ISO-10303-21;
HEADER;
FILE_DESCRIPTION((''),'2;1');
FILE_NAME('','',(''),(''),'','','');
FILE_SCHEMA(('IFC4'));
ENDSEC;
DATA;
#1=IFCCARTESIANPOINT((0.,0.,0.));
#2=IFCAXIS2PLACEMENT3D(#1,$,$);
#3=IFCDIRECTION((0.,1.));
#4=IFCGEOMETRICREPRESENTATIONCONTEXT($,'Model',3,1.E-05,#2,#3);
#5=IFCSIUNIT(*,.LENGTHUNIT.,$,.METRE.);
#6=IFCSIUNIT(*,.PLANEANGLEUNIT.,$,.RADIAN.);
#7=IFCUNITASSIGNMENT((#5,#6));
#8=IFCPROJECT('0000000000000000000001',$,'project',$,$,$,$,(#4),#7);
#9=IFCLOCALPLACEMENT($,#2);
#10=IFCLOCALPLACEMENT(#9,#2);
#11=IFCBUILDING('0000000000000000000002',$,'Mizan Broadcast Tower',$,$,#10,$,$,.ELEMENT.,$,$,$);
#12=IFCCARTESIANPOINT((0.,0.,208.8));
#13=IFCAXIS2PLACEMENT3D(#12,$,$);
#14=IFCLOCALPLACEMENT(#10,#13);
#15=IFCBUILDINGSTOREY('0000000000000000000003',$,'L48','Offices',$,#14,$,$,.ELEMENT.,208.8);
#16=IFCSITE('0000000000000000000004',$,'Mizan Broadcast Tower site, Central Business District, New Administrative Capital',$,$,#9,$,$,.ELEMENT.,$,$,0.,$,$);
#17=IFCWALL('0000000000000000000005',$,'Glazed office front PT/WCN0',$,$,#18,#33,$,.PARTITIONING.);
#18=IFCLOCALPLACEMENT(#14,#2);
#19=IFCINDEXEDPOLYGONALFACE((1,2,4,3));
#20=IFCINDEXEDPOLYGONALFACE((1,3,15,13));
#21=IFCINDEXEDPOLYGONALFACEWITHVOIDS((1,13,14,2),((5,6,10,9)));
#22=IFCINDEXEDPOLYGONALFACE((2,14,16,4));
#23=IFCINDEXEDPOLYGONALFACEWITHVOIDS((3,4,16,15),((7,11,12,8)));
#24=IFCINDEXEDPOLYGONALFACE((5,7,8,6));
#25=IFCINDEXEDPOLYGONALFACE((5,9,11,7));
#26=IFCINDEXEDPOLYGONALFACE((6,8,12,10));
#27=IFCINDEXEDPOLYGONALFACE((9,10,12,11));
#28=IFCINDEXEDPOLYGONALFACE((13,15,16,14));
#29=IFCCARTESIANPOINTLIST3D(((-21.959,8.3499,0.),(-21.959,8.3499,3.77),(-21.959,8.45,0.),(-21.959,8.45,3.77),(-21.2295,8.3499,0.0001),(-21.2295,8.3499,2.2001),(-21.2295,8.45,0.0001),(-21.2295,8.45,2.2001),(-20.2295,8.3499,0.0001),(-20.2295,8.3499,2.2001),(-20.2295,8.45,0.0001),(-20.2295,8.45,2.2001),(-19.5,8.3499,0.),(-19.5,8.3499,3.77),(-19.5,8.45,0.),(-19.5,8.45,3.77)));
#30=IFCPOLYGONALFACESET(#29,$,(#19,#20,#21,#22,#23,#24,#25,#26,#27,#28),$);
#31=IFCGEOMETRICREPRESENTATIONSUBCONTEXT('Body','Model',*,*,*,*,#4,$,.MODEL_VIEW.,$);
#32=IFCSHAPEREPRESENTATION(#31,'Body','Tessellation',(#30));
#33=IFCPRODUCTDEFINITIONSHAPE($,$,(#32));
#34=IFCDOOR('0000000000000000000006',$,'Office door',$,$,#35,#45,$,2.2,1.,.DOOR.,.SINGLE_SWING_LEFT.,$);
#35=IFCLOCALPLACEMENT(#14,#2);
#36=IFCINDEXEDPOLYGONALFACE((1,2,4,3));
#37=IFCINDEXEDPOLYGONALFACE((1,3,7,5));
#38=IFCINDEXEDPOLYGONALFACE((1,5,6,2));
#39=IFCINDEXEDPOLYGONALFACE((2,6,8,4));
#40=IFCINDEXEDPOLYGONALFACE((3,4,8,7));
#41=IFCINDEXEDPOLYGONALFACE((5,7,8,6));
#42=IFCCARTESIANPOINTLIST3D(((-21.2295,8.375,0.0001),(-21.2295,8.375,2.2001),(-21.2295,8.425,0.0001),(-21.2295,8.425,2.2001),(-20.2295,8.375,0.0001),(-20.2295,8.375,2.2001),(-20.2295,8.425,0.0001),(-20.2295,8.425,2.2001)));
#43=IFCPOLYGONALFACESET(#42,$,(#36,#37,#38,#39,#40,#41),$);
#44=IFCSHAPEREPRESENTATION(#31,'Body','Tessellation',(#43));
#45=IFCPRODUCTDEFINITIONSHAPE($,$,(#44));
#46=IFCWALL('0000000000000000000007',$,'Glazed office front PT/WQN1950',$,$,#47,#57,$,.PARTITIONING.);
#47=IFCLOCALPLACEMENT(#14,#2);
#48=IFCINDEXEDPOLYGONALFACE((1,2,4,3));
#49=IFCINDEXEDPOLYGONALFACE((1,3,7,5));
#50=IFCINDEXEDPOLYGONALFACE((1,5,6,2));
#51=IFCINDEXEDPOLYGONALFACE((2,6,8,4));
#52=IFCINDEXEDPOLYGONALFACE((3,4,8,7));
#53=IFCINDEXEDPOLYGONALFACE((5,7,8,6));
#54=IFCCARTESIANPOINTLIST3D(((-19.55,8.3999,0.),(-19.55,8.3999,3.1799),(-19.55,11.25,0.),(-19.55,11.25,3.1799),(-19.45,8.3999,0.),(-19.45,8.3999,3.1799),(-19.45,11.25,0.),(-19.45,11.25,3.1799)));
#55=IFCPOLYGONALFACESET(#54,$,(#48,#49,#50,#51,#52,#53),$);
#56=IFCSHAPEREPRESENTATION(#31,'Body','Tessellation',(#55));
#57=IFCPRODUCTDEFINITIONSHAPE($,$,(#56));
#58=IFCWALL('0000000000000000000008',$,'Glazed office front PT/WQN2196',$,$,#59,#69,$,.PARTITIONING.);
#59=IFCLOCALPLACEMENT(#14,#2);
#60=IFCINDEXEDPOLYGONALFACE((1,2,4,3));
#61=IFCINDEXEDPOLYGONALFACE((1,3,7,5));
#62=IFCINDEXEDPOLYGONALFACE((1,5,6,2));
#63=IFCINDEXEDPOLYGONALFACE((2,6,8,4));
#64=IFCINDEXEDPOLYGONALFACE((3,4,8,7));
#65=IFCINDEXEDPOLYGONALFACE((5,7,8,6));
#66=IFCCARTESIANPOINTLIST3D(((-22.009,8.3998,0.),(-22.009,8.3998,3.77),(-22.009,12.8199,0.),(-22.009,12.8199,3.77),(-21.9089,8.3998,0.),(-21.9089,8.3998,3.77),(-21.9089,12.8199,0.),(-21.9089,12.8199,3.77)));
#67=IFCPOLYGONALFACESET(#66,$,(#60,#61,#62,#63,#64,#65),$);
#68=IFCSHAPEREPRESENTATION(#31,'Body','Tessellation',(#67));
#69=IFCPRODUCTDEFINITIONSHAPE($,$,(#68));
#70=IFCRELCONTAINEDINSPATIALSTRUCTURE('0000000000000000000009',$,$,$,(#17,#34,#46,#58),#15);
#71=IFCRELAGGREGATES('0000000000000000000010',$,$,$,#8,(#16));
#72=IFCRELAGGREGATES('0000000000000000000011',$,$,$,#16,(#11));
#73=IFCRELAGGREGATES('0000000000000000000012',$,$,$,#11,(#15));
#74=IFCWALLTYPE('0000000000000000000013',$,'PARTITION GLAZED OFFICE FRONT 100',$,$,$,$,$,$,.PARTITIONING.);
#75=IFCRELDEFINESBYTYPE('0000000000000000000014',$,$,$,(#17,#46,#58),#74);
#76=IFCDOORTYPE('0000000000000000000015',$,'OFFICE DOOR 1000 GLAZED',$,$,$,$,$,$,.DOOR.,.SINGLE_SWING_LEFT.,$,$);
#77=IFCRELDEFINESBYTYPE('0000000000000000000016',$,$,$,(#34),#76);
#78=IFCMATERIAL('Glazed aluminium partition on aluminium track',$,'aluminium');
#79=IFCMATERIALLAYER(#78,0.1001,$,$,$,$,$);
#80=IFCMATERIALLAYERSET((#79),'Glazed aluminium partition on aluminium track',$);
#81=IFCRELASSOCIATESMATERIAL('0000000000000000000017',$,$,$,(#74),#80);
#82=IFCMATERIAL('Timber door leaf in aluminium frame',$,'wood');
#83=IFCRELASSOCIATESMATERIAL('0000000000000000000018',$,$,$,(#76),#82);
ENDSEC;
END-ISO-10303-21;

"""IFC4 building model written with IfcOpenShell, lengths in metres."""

from ifc_helpers import new_model, si_unit, direction, frame, frame_2d, origin, place, context, subcontext, project, spatial, rectangle, extrude, material, layer, layer_set, type_object, element, fill, save


model = new_model("IFC4")

# Units and contexts
model_context = context("Model", 3, precision=1e-05, world=origin(), true_north=direction((0.0, 1.0)))
body_context = subcontext(model_context, "Body", "Model", "MODEL_VIEW")
ifc_project = project(units=[si_unit("LENGTHUNIT", "METRE"), si_unit("PLANEANGLEUNIT", "RADIAN")], contexts=[model_context])

# Site, building, storey
site_placement = place(None, origin())
site = spatial("IfcSite", under=ifc_project, at=site_placement, Name="Mizan Broadcast Tower site, Central Business District, New Administrative Capital", CompositionType="ELEMENT", RefElevation=0.0)
building_placement = place(site_placement, origin())
building = spatial("IfcBuilding", under=site, at=building_placement, Name="Mizan Broadcast Tower", CompositionType="ELEMENT")
storey_placement = place(building_placement, frame((0.0, 0.0, 208.8)))
storey = spatial("IfcBuildingStorey", under=building, at=storey_placement, Name="L48", Description="Offices", CompositionType="ELEMENT", Elevation=208.8)

# Wall, opening, door
ifc_material_1 = material(Name="Glazed aluminium partition on aluminium track", Category="aluminium")
ifc_layer_1 = layer(ifc_material_1, 0.1001)
ifc_layer_set_1 = layer_set([ifc_layer_1], Name="Glazed aluminium partition on aluminium track")
wall_type_1 = type_object("IfcWallType", Name="PARTITION GLAZED OFFICE FRONT 100", PredefinedType="PARTITIONING", material=ifc_layer_set_1)
wall_1_placement = place(storey_placement, frame((-19.5, 8.3999, 0.0), z_axis=(0.0, 0.0, 1.0), x_axis=(-1.0, 0.0, 0.0)))
wall_1 = element("IfcWall", 1, at=wall_1_placement, inside=storey, type_object=wall_type_1, Name="Glazed office front PT/WCN0", PredefinedType="PARTITIONING", context=body_context, shape_type="SweptSolid", body=[
    extrude(rectangle(XDim=2.459, YDim=0.1001, at=frame_2d((1.2295, 0.0))), origin(), (0.0, 0.0, 1.0), 3.77),
])
opening_1_placement = place(wall_1_placement, frame((0.7295, 0.0, 0.0)))
opening_1 = element("IfcOpeningElement", 2, at=opening_1_placement, cuts=wall_1, PredefinedType="OPENING", context=body_context, shape_type="SweptSolid", body=[
    extrude(rectangle(XDim=1.0, YDim=2.2, at=frame_2d((0.5, 1.1001))), frame((0.0, 0.0601, 0.0), z_axis=(0.0, -1.0, 0.0), x_axis=(1.0, 0.0, 0.0)), (0.0, 0.0, 1.0), 0.1201),
])
ifc_material_2 = material(Name="Timber door leaf in aluminium frame", Category="wood")
door_type_1 = type_object("IfcDoorType", Name="OFFICE DOOR 1000 GLAZED", OperationType="SINGLE_SWING_LEFT", PredefinedType="DOOR", material=ifc_material_2)
door_1_placement = place(opening_1_placement, origin())
door_1 = element("IfcDoor", 3, at=door_1_placement, inside=storey, type_object=door_type_1, Name="Office door", OperationType="SINGLE_SWING_LEFT", OverallHeight=2.2, OverallWidth=1.0, PredefinedType="DOOR", context=body_context, shape_type="SweptSolid", body=[
    extrude(rectangle(XDim=1.0, YDim=2.2, at=frame_2d((0.5, 1.1001))), frame((0.0, 0.0249, 0.0), z_axis=(0.0, -1.0, 0.0), x_axis=(1.0, 0.0, 0.0)), (0.0, 0.0, 1.0), 0.05),
])
fill(opening_1, door_1)

# Walls
wall_2_placement = place(storey_placement, frame((-19.5, 8.3999, 0.0), z_axis=(0.0, 0.0, 1.0), x_axis=(0.0, 1.0, 0.0)))
element("IfcWall", 4, at=wall_2_placement, inside=storey, type_object=wall_type_1, Name="Glazed office front PT/WQN1950", PredefinedType="PARTITIONING", context=body_context, shape_type="SweptSolid", body=[
    extrude(rectangle(XDim=2.8501, YDim=0.1001, at=frame_2d((1.425, 0.0))), origin(), (0.0, 0.0, 1.0), 3.1799),
])
wall_3_placement = place(storey_placement, frame((-21.959, 8.3999, 0.0), z_axis=(0.0, 0.0, 1.0), x_axis=(0.0, 1.0, 0.0)))
element("IfcWall", 5, at=wall_3_placement, inside=storey, type_object=wall_type_1, Name="Glazed office front PT/WQN2196", PredefinedType="PARTITIONING", context=body_context, shape_type="SweptSolid", body=[
    extrude(rectangle(XDim=4.4202, YDim=0.1001, at=frame_2d((2.21, 0.0))), origin(), (0.0, 0.0, 1.0), 3.77),
])

save(model, "model.ifc")
